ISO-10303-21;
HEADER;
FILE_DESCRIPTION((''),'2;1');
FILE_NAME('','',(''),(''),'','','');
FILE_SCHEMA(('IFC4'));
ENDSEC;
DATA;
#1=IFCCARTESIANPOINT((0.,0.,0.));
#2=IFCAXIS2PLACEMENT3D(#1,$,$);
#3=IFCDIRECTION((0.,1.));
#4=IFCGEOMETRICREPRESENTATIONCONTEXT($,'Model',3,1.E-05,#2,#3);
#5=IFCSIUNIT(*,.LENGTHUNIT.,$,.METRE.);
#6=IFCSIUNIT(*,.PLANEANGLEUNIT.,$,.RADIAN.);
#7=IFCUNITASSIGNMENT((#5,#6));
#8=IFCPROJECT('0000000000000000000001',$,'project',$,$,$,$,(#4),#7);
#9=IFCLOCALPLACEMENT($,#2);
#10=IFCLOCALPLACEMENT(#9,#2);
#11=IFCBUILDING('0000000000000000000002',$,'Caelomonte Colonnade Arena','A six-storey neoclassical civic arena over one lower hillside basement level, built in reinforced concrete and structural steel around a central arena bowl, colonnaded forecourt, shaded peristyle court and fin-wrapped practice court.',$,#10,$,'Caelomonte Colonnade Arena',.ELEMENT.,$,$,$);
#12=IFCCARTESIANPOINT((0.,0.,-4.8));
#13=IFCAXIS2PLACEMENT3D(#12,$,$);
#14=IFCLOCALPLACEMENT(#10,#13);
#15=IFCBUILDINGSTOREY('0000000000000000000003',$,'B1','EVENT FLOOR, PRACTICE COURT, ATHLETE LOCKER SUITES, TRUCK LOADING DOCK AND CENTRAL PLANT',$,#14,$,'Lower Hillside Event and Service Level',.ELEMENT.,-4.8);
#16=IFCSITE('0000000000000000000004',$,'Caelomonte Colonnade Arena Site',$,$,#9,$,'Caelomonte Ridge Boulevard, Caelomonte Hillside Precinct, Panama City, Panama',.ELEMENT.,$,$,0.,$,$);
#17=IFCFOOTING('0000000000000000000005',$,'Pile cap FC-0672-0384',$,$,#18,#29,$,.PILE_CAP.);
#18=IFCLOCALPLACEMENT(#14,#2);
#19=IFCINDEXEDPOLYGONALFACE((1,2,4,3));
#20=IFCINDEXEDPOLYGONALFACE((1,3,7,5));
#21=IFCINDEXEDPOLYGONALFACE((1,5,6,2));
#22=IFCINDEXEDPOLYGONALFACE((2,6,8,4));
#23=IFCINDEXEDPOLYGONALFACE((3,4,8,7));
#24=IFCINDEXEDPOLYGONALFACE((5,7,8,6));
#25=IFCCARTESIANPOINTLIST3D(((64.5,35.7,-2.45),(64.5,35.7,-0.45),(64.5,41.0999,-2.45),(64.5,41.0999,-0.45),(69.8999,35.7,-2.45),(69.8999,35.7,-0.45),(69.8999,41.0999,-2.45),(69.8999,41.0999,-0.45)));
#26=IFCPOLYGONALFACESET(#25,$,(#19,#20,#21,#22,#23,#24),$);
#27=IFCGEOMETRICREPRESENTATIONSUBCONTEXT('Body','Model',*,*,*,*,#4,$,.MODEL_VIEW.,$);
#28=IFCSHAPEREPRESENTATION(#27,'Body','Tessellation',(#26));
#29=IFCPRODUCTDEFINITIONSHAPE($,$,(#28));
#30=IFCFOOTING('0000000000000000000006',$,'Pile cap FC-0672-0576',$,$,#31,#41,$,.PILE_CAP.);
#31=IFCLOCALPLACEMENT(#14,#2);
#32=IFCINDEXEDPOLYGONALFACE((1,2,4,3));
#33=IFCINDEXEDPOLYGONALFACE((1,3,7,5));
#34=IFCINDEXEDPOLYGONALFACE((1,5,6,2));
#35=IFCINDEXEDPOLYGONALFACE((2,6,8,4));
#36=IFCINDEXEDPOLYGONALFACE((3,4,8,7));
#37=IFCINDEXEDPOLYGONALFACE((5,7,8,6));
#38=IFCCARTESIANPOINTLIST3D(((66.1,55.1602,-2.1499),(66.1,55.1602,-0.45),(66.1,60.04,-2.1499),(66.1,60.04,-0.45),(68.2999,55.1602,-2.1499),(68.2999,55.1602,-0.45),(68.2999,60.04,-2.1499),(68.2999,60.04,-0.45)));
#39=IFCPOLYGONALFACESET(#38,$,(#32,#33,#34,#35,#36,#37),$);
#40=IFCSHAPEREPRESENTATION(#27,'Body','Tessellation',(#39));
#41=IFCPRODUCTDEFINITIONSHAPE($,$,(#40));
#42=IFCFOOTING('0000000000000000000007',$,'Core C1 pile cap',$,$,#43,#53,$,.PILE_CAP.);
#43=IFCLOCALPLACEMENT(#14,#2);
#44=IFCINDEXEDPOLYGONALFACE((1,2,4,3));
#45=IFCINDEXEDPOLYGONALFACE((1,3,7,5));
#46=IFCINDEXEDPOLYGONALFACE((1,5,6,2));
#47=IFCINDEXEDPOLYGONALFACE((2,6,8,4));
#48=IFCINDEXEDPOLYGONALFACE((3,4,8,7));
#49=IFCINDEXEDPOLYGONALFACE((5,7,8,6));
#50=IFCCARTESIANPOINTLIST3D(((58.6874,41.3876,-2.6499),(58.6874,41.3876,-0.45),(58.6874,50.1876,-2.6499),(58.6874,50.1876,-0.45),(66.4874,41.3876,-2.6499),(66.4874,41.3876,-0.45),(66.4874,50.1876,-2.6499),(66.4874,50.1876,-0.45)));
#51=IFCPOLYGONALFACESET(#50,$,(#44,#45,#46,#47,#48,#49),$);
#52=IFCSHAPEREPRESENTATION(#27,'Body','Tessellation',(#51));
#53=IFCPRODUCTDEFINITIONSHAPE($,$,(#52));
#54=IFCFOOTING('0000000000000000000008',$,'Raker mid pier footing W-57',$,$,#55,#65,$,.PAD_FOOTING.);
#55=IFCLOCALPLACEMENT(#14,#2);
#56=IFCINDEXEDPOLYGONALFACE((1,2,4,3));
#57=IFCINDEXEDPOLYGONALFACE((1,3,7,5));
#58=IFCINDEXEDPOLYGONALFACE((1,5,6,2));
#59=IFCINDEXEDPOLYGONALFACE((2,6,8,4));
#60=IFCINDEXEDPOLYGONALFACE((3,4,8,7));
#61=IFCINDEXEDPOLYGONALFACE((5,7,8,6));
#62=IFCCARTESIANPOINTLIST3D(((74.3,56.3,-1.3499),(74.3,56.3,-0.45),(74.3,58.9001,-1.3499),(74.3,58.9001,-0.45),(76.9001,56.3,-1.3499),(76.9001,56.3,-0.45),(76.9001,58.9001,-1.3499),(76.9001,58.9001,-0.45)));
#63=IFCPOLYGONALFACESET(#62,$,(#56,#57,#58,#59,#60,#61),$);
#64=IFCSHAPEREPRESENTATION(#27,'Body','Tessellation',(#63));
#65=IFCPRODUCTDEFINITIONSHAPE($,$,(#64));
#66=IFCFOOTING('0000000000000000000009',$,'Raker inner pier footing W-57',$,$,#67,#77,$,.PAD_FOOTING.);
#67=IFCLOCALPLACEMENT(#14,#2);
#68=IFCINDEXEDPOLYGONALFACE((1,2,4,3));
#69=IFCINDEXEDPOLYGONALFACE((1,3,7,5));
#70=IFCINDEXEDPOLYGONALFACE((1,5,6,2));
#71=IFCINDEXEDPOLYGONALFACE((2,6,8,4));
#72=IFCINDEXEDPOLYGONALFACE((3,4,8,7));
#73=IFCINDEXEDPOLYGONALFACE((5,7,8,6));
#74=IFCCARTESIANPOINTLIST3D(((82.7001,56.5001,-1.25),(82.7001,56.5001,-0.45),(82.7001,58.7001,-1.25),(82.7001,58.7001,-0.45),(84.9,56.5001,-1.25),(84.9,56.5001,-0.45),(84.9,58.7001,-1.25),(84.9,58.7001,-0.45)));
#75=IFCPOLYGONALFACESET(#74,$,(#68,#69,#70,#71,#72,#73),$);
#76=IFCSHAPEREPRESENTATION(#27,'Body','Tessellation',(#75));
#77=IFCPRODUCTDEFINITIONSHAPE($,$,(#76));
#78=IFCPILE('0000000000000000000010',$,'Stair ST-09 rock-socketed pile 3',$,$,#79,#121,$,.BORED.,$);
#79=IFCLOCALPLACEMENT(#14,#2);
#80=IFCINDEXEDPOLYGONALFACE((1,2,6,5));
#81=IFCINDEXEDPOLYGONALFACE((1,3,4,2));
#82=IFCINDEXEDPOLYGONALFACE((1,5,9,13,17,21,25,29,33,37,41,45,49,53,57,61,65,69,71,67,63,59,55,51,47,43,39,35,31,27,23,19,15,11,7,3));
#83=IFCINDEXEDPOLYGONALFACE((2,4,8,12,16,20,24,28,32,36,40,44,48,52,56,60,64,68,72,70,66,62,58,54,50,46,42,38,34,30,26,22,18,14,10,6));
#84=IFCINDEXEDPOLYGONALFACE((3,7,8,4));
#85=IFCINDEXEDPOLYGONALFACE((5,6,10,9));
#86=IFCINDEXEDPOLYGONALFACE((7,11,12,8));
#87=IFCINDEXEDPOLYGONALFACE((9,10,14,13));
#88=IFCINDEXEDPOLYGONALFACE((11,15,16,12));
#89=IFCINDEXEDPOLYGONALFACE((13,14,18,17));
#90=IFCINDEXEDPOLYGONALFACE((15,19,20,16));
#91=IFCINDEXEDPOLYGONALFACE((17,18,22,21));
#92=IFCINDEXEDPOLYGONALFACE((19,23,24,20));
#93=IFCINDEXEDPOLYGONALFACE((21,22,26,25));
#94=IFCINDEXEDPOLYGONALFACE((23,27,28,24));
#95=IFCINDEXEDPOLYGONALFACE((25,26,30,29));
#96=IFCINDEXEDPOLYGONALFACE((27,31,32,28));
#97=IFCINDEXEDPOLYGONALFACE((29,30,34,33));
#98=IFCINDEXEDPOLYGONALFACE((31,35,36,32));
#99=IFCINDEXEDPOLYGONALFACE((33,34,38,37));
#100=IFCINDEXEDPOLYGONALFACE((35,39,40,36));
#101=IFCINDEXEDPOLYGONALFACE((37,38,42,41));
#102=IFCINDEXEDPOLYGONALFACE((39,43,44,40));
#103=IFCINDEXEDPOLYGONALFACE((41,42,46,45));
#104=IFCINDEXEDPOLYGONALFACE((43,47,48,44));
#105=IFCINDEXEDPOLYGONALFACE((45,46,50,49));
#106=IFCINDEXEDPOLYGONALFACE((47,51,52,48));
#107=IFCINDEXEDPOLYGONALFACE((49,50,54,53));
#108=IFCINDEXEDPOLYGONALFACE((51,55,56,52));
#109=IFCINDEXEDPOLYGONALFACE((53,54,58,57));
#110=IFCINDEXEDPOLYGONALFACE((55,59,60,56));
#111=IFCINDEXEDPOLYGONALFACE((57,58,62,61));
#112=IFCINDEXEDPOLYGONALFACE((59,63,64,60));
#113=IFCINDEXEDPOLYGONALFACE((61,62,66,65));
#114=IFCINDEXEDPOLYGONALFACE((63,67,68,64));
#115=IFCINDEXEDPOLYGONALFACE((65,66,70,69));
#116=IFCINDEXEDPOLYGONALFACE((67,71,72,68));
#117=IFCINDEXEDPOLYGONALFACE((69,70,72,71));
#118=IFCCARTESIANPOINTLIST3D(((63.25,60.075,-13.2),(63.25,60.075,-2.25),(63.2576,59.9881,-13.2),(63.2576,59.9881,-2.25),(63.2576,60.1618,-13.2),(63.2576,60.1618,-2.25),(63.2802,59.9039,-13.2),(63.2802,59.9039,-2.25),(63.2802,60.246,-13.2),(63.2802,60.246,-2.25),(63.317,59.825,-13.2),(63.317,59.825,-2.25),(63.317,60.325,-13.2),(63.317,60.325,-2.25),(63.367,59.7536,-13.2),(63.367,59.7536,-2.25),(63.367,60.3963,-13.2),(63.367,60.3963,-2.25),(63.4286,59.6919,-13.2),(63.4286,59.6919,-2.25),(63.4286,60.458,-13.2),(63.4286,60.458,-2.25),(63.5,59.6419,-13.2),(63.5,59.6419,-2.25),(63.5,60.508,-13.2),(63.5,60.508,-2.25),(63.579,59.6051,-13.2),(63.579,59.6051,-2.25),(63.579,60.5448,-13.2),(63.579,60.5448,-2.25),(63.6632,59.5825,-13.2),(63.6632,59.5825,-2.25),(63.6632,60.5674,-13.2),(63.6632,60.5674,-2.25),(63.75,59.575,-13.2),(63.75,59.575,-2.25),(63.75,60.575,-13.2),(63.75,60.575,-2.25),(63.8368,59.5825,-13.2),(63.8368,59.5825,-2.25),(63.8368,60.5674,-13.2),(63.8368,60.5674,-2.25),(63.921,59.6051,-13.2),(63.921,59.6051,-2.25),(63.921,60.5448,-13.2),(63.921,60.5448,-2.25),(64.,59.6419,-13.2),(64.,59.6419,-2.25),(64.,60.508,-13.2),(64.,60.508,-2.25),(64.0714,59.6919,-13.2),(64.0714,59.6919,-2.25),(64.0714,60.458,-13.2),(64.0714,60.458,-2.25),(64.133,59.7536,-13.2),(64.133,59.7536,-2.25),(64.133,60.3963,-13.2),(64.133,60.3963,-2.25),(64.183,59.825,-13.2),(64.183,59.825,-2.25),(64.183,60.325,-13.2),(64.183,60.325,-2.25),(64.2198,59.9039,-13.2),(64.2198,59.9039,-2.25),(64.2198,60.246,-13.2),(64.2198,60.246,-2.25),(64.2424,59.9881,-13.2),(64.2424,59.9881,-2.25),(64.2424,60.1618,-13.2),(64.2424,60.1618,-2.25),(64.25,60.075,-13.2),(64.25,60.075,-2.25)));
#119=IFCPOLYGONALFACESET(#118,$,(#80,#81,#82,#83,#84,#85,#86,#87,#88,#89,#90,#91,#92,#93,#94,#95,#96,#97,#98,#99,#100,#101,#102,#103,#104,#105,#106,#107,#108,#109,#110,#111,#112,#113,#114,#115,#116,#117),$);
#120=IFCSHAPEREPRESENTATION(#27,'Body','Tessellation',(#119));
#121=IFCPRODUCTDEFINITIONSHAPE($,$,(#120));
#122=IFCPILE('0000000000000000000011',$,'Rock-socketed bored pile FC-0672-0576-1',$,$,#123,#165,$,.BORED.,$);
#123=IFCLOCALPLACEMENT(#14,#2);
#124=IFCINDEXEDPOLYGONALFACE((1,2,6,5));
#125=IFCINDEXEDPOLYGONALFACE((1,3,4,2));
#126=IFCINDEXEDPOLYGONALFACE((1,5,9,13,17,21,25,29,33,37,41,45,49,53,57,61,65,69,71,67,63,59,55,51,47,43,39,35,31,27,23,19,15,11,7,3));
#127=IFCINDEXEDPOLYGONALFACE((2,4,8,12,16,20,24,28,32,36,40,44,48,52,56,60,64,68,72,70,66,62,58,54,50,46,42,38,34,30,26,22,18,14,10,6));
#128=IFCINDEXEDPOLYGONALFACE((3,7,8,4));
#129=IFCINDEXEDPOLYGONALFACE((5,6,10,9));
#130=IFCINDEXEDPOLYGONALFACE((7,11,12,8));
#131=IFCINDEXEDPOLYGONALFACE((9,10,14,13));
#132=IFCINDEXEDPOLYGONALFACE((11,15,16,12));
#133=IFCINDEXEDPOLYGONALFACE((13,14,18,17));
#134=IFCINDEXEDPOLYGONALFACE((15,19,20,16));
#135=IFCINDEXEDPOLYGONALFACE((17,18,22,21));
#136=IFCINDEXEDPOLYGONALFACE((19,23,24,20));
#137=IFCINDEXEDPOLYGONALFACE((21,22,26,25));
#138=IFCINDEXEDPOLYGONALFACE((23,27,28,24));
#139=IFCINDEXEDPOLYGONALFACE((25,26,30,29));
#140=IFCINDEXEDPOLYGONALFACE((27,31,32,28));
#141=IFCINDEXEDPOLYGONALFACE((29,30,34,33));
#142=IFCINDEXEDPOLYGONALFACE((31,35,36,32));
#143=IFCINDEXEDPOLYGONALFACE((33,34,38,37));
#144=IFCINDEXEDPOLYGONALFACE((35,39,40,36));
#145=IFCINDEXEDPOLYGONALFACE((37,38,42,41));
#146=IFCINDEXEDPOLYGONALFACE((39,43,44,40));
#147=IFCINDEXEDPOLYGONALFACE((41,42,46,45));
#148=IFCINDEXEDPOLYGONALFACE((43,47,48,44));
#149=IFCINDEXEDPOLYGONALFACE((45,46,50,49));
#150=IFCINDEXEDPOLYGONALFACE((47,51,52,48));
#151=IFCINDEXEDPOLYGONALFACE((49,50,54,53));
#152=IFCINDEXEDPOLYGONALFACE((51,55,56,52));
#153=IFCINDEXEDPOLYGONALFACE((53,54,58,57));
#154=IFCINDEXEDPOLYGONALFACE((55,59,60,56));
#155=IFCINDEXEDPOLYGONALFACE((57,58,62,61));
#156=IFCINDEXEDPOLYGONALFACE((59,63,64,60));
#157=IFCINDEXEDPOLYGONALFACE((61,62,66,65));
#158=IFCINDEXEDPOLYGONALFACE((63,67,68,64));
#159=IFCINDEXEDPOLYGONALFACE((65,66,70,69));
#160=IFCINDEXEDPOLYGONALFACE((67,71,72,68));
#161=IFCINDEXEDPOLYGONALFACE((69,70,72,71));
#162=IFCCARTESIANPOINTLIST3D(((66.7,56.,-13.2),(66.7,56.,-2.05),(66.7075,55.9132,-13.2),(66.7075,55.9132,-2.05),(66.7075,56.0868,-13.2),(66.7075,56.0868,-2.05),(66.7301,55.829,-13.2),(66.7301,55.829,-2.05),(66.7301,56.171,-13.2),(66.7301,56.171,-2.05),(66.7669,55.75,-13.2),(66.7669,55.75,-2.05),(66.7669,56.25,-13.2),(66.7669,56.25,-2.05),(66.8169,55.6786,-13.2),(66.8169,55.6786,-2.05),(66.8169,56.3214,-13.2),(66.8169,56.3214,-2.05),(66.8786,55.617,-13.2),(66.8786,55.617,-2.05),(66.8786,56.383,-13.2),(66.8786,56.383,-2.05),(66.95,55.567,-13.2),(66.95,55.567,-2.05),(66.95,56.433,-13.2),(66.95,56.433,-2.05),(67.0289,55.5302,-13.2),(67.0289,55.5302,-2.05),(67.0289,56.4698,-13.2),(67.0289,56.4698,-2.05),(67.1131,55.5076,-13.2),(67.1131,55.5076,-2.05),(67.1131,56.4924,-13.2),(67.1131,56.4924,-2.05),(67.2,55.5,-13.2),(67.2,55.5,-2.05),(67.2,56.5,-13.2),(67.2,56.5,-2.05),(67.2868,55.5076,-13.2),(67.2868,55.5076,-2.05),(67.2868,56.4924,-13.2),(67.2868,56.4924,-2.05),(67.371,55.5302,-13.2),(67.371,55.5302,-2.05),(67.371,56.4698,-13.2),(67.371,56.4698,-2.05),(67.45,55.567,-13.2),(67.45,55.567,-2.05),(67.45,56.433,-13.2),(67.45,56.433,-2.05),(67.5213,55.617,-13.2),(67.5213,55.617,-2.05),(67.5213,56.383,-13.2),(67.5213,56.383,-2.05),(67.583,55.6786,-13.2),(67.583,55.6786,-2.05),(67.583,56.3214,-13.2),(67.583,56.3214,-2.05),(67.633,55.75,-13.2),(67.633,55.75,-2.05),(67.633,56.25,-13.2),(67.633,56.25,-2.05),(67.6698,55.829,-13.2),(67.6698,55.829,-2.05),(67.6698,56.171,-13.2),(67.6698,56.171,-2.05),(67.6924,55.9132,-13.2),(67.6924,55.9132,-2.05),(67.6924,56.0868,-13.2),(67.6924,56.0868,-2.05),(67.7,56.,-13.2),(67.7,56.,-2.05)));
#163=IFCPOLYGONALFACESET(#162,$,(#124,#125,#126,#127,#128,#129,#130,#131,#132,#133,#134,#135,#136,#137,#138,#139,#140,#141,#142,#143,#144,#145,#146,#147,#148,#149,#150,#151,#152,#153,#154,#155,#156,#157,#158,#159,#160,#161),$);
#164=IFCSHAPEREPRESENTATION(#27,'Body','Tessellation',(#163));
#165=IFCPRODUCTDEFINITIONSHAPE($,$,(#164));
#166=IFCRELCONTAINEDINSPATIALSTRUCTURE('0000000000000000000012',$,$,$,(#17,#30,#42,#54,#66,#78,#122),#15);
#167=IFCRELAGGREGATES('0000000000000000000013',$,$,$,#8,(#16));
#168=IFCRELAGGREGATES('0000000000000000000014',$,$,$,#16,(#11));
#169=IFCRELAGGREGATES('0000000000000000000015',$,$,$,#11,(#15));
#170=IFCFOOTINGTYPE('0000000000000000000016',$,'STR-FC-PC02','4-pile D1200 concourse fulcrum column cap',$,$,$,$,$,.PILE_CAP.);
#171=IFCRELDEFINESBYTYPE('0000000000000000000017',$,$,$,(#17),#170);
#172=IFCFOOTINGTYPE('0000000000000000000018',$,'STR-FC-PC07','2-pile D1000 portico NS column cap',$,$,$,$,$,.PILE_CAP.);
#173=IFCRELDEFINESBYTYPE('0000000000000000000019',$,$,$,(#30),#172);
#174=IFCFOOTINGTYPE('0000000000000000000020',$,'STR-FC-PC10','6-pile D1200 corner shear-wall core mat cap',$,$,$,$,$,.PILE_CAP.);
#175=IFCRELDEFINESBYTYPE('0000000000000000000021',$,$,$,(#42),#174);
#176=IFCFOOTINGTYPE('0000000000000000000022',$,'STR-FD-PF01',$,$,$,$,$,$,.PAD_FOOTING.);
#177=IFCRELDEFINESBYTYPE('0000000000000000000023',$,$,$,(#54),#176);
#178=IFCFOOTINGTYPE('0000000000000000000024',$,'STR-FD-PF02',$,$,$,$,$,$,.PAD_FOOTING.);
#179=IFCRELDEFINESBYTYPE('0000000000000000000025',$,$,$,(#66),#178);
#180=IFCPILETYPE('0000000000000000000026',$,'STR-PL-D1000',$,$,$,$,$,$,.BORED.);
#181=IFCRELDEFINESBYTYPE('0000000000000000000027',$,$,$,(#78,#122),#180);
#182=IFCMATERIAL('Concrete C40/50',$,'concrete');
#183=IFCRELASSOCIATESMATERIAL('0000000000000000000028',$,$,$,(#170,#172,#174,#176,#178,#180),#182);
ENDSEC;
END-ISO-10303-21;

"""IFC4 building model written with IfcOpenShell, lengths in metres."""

from ifc_helpers import new_model, si_unit, direction, frame, origin, origin_2d, place, context, subcontext, project, spatial, rectangle, circle, extrude, material, material_profile, profile_set, type_object, element, save


model = new_model("IFC4")

# Units and contexts
model_context = context("Model", 3, precision=1e-05, world=origin(), true_north=direction((0.0, 1.0)))
body_context = subcontext(model_context, "Body", "Model", "MODEL_VIEW")
ifc_project = project(units=[si_unit("LENGTHUNIT", "METRE"), si_unit("PLANEANGLEUNIT", "RADIAN")], contexts=[model_context])

# Site, building, storey
site_placement = place(None, origin())
site = spatial("IfcSite", under=ifc_project, at=site_placement, Name="Caelomonte Colonnade Arena Site", LongName="Caelomonte Ridge Boulevard, Caelomonte Hillside Precinct, Panama City, Panama", CompositionType="ELEMENT", RefElevation=0.0)
building_placement = place(site_placement, origin())
building = spatial("IfcBuilding", under=site, at=building_placement, Name="Caelomonte Colonnade Arena", Description="A six-storey neoclassical civic arena over one lower hillside basement level, built in reinforced concrete and structural steel around a central arena bowl, colonnaded forecourt, shaded peristyle court and fin-wrapped practice court.", LongName="Caelomonte Colonnade Arena", CompositionType="ELEMENT")
storey_placement = place(building_placement, frame((0.0, 0.0, -4.8)))
storey = spatial("IfcBuildingStorey", under=building, at=storey_placement, Name="B1", Description="EVENT FLOOR, PRACTICE COURT, ATHLETE LOCKER SUITES, TRUCK LOADING DOCK AND CENTRAL PLANT", LongName="Lower Hillside Event and Service Level", CompositionType="ELEMENT", Elevation=-4.8)

# Footings
ifc_material_1 = material(Name="Concrete C40/50", Category="concrete")
footing_type_1 = type_object("IfcFootingType", Name="STR-FC-PC02", Description="4-pile D1200 concourse fulcrum column cap", PredefinedType="PILE_CAP", material=ifc_material_1)
footing_1_placement = place(storey_placement, frame((67.2, 38.3999, -2.45), z_axis=(0.0, 0.0, 1.0), x_axis=(1.0, 0.0, 0.0)))
element("IfcFooting", 1, at=footing_1_placement, inside=storey, type_object=footing_type_1, Name="Pile cap FC-0672-0384", PredefinedType="PILE_CAP", context=body_context, shape_type="SweptSolid", body=[
    extrude(rectangle(XDim=5.3999, YDim=5.3999, at=origin_2d()), origin(), (0.0, 0.0, 1.0), 2.0),
])
footing_type_2 = type_object("IfcFootingType", Name="STR-FC-PC07", Description="2-pile D1000 portico NS column cap", PredefinedType="PILE_CAP", material=ifc_material_1)
footing_2_placement = place(storey_placement, frame((67.2, 57.6001, -2.1499), z_axis=(0.0, 0.0, 1.0), x_axis=(1.0, 0.0, 0.0)))
element("IfcFooting", 2, at=footing_2_placement, inside=storey, type_object=footing_type_2, Name="Pile cap FC-0672-0576", PredefinedType="PILE_CAP", context=body_context, shape_type="SweptSolid", body=[
    extrude(rectangle(XDim=2.2, YDim=4.8799, at=origin_2d()), origin(), (0.0, 0.0, 1.0), 1.7),
])
footing_type_3 = type_object("IfcFootingType", Name="STR-FC-PC10", Description="6-pile D1200 corner shear-wall core mat cap", PredefinedType="PILE_CAP", material=ifc_material_1)
footing_3_placement = place(storey_placement, frame((62.5874, 45.7876, -2.6499), z_axis=(0.0, 0.0, 1.0), x_axis=(1.0, 0.0, 0.0)))
element("IfcFooting", 3, at=footing_3_placement, inside=storey, type_object=footing_type_3, Name="Core C1 pile cap", PredefinedType="PILE_CAP", context=body_context, shape_type="SweptSolid", body=[
    extrude(rectangle(XDim=7.8, YDim=8.8, at=origin_2d()), origin(), (0.0, 0.0, 1.0), 2.2),
])
footing_type_4 = type_object("IfcFootingType", Name="STR-FD-PF01", PredefinedType="PAD_FOOTING", material=ifc_material_1)
footing_4_placement = place(storey_placement, frame((75.6001, 57.6001, -1.3499), z_axis=(0.0, 0.0, 1.0), x_axis=(1.0, 0.0, 0.0)))
element("IfcFooting", 4, at=footing_4_placement, inside=storey, type_object=footing_type_4, Name="Raker mid pier footing W-57", PredefinedType="PAD_FOOTING", context=body_context, shape_type="SweptSolid", body=[
    extrude(rectangle(XDim=2.6001, YDim=2.6001, at=origin_2d()), origin(), (0.0, 0.0, 1.0), 0.8999),
])
footing_type_5 = type_object("IfcFootingType", Name="STR-FD-PF02", PredefinedType="PAD_FOOTING", material=ifc_material_1)
footing_5_placement = place(storey_placement, frame((83.8, 57.6001, -1.25), z_axis=(0.0, 0.0, 1.0), x_axis=(1.0, 0.0, 0.0)))
element("IfcFooting", 5, at=footing_5_placement, inside=storey, type_object=footing_type_5, Name="Raker inner pier footing W-57", PredefinedType="PAD_FOOTING", context=body_context, shape_type="SweptSolid", body=[
    extrude(rectangle(XDim=2.2, YDim=2.2, at=origin_2d()), origin(), (0.0, 0.0, 1.0), 0.8),
])

# Piles
ifc_material_profile_1 = material_profile(ifc_material_1, circle(Radius=0.5, at=origin_2d()), Name="PILE-D1000")
ifc_profile_set_1 = profile_set([ifc_material_profile_1], Name="Concrete C40/50")
pile_type_1 = type_object("IfcPileType", Name="STR-PL-D1000", PredefinedType="BORED", material=ifc_profile_set_1)
pile_placement = place(storey_placement, frame((63.75, 60.075, -2.25), z_axis=(0.0, 0.0, -1.0), x_axis=(1.0, 0.0, 0.0)))
element("IfcPile", 6, at=pile_placement, inside=storey, type_object=pile_type_1, Name="Stair ST-09 rock-socketed pile 3", PredefinedType="BORED", context=body_context, shape_type="SweptSolid", body=[
    extrude(circle(Radius=0.5, at=origin_2d()), origin(), (0.0, 0.0, 1.0), 10.95),
])
for number, where, z_axis, x_axis, name in (
    (7, (67.2, 56.0, -2.05), (0.0, 0.0, -1.0), (1.0, 0.0, 0.0), "Rock-socketed bored pile FC-0672-0576-1"),
):
    element("IfcPile", number, at=place(storey_placement, frame(where, z_axis=z_axis, x_axis=x_axis)), inside=storey, type_object=pile_type_1, Name=name, PredefinedType="BORED", context=body_context, shape_type="SweptSolid", body=[
        extrude(circle(Radius=0.5, at=origin_2d()), origin(), (0.0, 0.0, 1.0), 11.1499),
    ])

save(model, "model.ifc")
